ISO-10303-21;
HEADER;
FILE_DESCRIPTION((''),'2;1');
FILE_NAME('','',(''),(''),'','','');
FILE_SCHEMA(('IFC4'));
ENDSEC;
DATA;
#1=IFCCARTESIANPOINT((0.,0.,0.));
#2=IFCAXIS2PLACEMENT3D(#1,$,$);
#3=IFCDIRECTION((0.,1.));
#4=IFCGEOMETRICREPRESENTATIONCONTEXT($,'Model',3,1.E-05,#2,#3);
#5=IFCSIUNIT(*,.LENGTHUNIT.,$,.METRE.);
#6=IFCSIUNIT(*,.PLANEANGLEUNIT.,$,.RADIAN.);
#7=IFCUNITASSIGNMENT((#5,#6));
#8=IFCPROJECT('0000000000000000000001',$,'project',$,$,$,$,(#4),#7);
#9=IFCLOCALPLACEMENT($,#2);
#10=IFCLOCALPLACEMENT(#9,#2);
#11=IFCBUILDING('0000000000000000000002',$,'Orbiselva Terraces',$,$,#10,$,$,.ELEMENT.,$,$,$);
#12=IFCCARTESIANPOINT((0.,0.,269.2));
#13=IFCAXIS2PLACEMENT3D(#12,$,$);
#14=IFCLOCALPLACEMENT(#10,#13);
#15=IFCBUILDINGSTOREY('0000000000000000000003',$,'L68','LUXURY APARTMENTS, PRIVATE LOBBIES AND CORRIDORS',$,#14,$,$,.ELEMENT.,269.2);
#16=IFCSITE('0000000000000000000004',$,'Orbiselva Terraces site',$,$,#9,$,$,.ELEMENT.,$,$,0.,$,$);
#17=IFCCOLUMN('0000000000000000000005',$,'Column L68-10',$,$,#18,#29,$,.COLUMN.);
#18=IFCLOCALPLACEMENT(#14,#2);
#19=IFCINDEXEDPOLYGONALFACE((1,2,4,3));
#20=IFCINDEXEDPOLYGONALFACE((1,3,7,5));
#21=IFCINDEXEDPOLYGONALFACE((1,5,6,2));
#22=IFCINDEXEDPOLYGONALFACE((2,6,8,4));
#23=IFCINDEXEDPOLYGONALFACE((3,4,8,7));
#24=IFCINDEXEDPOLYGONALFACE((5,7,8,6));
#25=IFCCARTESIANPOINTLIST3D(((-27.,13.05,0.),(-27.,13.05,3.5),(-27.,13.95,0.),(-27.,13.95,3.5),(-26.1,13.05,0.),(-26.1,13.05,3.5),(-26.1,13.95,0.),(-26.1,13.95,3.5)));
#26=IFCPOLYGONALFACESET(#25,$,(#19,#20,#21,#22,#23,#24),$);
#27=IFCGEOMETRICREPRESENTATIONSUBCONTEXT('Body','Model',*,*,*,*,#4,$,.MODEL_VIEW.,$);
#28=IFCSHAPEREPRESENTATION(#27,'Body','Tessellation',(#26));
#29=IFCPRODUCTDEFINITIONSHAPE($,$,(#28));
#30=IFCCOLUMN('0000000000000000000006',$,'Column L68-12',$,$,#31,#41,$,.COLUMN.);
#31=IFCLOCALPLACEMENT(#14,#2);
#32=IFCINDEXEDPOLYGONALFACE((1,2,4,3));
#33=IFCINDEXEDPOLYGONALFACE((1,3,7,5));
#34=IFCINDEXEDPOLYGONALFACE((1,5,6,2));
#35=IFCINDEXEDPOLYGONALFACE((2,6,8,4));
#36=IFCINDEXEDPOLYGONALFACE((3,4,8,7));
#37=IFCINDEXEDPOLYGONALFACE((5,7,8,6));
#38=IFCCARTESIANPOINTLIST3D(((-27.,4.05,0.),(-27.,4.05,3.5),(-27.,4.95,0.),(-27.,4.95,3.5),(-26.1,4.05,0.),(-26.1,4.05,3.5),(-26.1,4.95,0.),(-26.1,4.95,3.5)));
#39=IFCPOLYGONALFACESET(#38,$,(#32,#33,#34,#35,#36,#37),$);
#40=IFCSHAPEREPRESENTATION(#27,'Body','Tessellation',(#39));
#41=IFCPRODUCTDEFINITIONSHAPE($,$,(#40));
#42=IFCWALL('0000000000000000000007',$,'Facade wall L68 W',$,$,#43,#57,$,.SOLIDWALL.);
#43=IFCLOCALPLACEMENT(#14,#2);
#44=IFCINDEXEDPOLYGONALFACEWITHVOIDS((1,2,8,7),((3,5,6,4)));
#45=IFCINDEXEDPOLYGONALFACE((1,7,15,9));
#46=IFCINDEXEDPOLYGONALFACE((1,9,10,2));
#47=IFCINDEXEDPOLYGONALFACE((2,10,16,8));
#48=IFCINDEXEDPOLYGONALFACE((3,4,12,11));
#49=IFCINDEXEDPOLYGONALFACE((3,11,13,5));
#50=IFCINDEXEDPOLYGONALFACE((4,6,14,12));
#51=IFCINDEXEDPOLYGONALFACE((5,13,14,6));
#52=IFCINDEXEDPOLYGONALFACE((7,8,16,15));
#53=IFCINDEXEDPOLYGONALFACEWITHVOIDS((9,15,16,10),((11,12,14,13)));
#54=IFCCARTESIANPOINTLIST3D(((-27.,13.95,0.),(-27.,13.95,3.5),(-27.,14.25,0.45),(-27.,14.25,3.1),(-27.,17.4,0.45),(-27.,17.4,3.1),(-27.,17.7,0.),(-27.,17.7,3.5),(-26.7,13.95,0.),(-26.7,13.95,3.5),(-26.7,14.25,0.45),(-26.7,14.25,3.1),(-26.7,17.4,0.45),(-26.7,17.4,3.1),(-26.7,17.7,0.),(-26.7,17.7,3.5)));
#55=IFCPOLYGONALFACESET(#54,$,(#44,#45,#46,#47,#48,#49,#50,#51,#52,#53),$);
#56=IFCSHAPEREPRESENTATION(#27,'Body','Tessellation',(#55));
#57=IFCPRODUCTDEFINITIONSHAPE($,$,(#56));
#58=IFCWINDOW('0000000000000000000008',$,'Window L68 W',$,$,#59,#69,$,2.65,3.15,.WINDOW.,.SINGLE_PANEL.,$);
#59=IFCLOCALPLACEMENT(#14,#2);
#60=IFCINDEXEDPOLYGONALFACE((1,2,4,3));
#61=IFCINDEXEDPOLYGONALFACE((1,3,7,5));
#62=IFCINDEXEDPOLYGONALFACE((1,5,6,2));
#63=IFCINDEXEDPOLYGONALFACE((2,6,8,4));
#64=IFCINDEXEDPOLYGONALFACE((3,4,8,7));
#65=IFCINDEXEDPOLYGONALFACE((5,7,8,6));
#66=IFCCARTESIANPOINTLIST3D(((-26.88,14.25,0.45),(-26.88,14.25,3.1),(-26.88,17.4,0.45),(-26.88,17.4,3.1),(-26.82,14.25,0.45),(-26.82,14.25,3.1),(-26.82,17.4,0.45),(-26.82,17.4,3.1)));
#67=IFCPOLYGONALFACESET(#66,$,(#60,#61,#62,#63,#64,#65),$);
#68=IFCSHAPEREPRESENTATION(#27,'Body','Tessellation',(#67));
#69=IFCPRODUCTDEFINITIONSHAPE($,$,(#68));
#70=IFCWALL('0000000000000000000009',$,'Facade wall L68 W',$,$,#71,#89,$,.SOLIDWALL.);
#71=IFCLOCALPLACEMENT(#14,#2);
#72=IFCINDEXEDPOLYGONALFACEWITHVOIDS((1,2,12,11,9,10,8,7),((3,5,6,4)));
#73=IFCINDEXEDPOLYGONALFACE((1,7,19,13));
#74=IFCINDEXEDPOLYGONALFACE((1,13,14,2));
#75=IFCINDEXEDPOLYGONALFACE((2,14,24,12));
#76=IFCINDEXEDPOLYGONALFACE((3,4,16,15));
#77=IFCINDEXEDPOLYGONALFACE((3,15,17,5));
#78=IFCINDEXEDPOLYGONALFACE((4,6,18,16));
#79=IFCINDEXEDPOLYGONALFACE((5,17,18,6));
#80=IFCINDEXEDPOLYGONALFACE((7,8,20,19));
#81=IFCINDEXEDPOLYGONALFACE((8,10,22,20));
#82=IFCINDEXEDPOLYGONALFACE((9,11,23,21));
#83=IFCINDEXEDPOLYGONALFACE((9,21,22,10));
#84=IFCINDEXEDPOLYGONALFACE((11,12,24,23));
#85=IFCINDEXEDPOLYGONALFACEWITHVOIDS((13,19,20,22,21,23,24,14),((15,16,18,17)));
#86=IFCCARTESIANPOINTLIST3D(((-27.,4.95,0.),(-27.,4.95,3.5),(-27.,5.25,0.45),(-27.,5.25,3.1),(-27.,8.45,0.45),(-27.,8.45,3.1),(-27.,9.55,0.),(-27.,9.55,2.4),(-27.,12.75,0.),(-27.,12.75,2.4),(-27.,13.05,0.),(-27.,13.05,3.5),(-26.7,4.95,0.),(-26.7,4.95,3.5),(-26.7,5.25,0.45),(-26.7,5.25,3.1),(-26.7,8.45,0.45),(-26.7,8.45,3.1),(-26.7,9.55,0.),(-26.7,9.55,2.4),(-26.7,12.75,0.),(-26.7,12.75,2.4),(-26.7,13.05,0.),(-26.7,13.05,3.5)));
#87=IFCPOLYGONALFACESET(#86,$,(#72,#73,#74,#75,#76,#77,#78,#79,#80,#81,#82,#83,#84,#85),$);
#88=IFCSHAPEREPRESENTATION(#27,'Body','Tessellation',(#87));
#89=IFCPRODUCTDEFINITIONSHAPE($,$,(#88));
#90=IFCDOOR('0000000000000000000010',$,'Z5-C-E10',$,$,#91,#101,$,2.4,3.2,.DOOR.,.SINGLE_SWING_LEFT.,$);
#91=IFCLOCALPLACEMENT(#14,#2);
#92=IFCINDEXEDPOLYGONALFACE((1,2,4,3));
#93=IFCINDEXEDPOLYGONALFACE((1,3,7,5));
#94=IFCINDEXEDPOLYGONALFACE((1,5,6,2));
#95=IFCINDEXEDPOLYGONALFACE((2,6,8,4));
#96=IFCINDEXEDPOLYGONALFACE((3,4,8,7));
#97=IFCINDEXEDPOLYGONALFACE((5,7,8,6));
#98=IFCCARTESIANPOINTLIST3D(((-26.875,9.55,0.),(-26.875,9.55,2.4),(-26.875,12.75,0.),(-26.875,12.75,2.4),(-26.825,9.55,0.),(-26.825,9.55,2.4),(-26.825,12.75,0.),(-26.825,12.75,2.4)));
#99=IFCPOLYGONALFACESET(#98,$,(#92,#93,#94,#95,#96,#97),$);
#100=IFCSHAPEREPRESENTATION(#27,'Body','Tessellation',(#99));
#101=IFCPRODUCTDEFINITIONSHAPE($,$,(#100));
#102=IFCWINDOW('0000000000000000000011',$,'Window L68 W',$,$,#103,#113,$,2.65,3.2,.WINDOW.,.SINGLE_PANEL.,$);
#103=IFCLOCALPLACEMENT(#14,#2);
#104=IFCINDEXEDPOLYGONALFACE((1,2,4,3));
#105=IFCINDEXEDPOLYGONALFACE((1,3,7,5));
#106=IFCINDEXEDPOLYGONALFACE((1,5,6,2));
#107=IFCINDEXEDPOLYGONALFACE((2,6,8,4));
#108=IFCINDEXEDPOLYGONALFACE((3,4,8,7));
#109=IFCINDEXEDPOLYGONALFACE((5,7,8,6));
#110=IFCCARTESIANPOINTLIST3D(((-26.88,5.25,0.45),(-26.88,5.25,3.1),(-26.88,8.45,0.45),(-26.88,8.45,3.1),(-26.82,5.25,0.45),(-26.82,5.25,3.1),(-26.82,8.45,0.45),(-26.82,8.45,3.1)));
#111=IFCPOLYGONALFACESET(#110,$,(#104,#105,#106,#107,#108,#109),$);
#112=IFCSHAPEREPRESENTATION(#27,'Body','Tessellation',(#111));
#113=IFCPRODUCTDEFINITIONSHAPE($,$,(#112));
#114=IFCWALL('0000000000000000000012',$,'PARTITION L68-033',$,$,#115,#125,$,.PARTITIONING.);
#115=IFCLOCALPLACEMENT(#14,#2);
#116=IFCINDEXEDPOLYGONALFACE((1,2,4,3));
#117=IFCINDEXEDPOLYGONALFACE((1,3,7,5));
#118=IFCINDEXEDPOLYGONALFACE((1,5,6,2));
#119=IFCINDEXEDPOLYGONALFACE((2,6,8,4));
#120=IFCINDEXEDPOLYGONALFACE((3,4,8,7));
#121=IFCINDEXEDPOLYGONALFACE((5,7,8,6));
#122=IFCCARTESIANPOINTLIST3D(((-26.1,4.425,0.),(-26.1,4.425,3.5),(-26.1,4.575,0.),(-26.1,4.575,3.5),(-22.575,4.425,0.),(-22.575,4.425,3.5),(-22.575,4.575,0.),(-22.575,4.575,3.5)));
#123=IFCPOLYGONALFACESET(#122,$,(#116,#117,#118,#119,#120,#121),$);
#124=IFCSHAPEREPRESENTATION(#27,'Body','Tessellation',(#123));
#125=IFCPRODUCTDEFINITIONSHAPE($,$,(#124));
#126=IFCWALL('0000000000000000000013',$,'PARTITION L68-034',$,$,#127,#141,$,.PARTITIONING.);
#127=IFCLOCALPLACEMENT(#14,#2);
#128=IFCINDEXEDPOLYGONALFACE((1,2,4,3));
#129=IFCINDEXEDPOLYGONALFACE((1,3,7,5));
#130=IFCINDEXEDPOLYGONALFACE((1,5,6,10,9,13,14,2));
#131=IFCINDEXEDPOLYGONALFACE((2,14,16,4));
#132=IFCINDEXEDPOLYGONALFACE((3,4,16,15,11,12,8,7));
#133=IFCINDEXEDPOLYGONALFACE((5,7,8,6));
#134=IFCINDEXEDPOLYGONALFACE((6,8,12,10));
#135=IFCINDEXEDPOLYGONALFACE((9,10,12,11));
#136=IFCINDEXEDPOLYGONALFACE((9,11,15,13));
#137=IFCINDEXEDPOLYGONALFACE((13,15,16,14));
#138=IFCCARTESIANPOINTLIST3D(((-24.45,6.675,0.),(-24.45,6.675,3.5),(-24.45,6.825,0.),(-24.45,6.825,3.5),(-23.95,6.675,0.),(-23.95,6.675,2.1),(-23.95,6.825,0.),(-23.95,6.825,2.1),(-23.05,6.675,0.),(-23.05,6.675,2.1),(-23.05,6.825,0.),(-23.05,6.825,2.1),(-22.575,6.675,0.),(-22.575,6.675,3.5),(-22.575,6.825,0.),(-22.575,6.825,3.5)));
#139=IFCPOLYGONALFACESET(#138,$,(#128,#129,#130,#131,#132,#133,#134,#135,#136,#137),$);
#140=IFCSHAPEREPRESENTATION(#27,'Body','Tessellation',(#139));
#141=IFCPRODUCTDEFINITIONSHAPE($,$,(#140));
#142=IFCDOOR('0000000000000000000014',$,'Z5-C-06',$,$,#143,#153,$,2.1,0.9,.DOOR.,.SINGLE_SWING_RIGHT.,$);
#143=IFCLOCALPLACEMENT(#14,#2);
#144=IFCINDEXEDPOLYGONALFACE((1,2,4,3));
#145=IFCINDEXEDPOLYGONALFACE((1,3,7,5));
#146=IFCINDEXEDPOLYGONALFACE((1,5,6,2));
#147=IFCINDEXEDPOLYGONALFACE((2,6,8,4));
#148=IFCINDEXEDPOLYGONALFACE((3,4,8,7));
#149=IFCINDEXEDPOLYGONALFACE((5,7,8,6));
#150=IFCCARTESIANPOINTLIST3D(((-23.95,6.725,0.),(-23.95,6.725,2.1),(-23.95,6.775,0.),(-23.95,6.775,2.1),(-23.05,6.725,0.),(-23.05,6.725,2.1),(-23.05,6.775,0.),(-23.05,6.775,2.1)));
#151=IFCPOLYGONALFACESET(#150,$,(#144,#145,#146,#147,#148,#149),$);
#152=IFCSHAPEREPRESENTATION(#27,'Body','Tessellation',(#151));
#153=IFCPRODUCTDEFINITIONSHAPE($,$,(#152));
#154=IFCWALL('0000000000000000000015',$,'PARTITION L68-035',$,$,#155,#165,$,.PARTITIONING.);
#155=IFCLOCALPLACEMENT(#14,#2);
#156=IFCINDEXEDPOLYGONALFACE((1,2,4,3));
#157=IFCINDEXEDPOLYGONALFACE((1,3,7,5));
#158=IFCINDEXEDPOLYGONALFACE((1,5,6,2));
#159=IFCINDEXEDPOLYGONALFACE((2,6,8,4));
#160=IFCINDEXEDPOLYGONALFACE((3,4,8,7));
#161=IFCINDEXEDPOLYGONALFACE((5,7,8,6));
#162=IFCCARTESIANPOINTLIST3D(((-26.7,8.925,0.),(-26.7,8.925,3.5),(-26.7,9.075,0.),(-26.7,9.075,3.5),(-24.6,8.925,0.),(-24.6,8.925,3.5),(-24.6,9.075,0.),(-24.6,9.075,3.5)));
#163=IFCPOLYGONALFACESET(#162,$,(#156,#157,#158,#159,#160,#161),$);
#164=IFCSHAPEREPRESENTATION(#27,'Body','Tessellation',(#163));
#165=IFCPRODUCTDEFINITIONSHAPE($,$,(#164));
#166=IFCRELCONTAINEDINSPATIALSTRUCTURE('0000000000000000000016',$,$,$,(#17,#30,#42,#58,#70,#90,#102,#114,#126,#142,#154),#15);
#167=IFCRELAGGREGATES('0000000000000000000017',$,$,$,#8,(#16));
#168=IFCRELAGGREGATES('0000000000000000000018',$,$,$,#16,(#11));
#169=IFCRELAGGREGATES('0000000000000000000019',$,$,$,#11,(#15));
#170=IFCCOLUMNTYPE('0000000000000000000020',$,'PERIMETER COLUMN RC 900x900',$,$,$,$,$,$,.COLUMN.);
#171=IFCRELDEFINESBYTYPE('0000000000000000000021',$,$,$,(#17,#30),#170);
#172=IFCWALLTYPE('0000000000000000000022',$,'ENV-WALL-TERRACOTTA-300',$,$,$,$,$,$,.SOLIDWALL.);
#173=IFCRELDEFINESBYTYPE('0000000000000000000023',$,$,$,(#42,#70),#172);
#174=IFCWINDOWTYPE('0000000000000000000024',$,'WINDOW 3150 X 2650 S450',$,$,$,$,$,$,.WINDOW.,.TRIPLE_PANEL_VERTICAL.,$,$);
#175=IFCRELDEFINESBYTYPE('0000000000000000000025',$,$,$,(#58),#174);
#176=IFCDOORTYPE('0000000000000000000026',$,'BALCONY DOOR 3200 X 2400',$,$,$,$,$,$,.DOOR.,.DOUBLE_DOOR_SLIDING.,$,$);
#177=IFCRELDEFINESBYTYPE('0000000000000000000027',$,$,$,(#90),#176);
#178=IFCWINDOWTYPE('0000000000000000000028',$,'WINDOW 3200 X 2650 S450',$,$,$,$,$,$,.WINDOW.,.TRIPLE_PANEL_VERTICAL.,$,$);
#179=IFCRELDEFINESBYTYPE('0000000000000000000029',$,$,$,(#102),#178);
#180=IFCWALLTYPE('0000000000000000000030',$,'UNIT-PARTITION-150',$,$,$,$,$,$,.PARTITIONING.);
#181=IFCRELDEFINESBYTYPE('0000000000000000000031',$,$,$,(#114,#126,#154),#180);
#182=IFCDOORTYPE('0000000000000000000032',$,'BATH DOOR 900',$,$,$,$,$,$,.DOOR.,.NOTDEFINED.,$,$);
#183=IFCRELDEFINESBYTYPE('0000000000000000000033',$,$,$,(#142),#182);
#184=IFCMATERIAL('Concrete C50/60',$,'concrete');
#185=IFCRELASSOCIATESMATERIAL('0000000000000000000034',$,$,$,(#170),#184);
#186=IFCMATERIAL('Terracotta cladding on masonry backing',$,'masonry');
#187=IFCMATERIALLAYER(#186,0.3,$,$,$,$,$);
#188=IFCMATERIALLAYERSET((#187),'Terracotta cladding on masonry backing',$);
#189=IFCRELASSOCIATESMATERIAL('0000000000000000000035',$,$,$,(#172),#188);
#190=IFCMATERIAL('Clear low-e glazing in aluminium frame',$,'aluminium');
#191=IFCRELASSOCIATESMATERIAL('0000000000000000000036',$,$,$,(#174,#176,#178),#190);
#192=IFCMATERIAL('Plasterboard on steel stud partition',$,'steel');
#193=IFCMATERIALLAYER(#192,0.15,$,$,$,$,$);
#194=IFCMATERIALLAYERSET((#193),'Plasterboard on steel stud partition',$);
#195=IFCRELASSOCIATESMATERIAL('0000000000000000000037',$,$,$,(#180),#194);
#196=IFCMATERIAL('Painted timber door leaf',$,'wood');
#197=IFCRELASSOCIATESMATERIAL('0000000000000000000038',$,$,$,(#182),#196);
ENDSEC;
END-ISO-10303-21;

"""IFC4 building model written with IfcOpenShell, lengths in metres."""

from ifc_helpers import new_model, si_unit, direction, frame, frame_2d, origin, origin_2d, place, context, subcontext, project, spatial, rectangle, extrude, material, layer, layer_set, material_profile, profile_set, type_object, element, fill, save


model = new_model("IFC4")

# Units and contexts
model_context = context("Model", 3, precision=1e-05, world=origin(), true_north=direction((0.0, 1.0)))
body_context = subcontext(model_context, "Body", "Model", "MODEL_VIEW")
ifc_project = project(units=[si_unit("LENGTHUNIT", "METRE"), si_unit("PLANEANGLEUNIT", "RADIAN")], contexts=[model_context])

# Site, building, storey
site_placement = place(None, origin())
site = spatial("IfcSite", under=ifc_project, at=site_placement, Name="Orbiselva Terraces site", CompositionType="ELEMENT", RefElevation=0.0)
building_placement = place(site_placement, origin())
building = spatial("IfcBuilding", under=site, at=building_placement, Name="Orbiselva Terraces", CompositionType="ELEMENT")
storey_placement = place(building_placement, frame((0.0, 0.0, 269.2)))
storey = spatial("IfcBuildingStorey", under=building, at=storey_placement, Name="L68", Description="LUXURY APARTMENTS, PRIVATE LOBBIES AND CORRIDORS", CompositionType="ELEMENT", Elevation=269.2)

# Columns
ifc_material_1 = material(Name="Concrete C50/60", Category="concrete")
ifc_material_profile = material_profile(ifc_material_1, rectangle(XDim=0.9, YDim=0.9, at=origin_2d()), Name="RC 900x900")
ifc_profile_set = profile_set([ifc_material_profile], Name="Concrete C50/60")
column_type = type_object("IfcColumnType", Name="PERIMETER COLUMN RC 900x900", PredefinedType="COLUMN", material=ifc_profile_set)
for number, where, z_axis, x_axis, name in (
    (1, (-26.55, 13.5, 0.0), (0.0, 0.0, 1.0), (1.0, 0.0, 0.0), "Column L68-10"),
    (2, (-26.55, 4.5, 0.0), (0.0, 0.0, 1.0), (1.0, 0.0, 0.0), "Column L68-12"),
):
    element("IfcColumn", number, at=place(storey_placement, frame(where, z_axis=z_axis, x_axis=x_axis)), inside=storey, type_object=column_type, Name=name, PredefinedType="COLUMN", context=body_context, shape_type="SweptSolid", body=[
        extrude(rectangle(XDim=0.9, YDim=0.9, at=origin_2d()), origin(), (0.0, 0.0, 1.0), 3.5),
    ])

# Wall, opening, window
ifc_material_2 = material(Name="Terracotta cladding on masonry backing", Category="masonry")
ifc_layer_1 = layer(ifc_material_2, 0.3)
ifc_layer_set_1 = layer_set([ifc_layer_1], Name="Terracotta cladding on masonry backing")
wall_type_1 = type_object("IfcWallType", Name="ENV-WALL-TERRACOTTA-300", PredefinedType="SOLIDWALL", material=ifc_layer_set_1)
wall_1_placement = place(storey_placement, frame((-26.85, 13.95, 0.0), z_axis=(0.0, 0.0, 1.0), x_axis=(0.0, 1.0, 0.0)))
wall_1 = element("IfcWall", 3, at=wall_1_placement, inside=storey, type_object=wall_type_1, Name="Facade wall L68 W", PredefinedType="SOLIDWALL", context=body_context, shape_type="SweptSolid", body=[
    extrude(rectangle(XDim=3.75, YDim=0.3, at=frame_2d((1.875, 0.0))), origin(), (0.0, 0.0, 1.0), 3.5),
])
opening_1_placement = place(wall_1_placement, frame((0.3, 0.0, 0.45)))
opening_1 = element("IfcOpeningElement", 4, at=opening_1_placement, cuts=wall_1, PredefinedType="OPENING", context=body_context, shape_type="SweptSolid", body=[
    extrude(rectangle(XDim=3.15, YDim=2.65, at=frame_2d((1.575, 1.325))), frame((0.0, 0.16, 0.0), z_axis=(0.0, -1.0, 0.0), x_axis=(1.0, 0.0, 0.0)), (0.0, 0.0, 1.0), 0.32),
])
ifc_material_3 = material(Name="Clear low-e glazing in aluminium frame", Category="aluminium")
window_type_1 = type_object("IfcWindowType", Name="WINDOW 3150 X 2650 S450", PartitioningType="TRIPLE_PANEL_VERTICAL", PredefinedType="WINDOW", material=ifc_material_3)
window_1_placement = place(opening_1_placement, origin())
window_1 = element("IfcWindow", 5, at=window_1_placement, inside=storey, type_object=window_type_1, Name="Window L68 W", OverallHeight=2.65, OverallWidth=3.15, PartitioningType="SINGLE_PANEL", PredefinedType="WINDOW", context=body_context, shape_type="SweptSolid", body=[
    extrude(rectangle(XDim=3.15, YDim=2.65, at=frame_2d((1.575, 1.325))), frame((0.0, 0.03, 0.0), z_axis=(0.0, -1.0, 0.0), x_axis=(1.0, 0.0, 0.0)), (0.0, 0.0, 1.0), 0.06),
])
fill(opening_1, window_1)

# Wall, openings, door, window
wall_2_placement = place(storey_placement, frame((-26.85, 4.95, 0.0), z_axis=(0.0, 0.0, 1.0), x_axis=(0.0, 1.0, 0.0)))
wall_2 = element("IfcWall", 6, at=wall_2_placement, inside=storey, type_object=wall_type_1, Name="Facade wall L68 W", PredefinedType="SOLIDWALL", context=body_context, shape_type="SweptSolid", body=[
    extrude(rectangle(XDim=8.1, YDim=0.3, at=frame_2d((4.05, 0.0))), origin(), (0.0, 0.0, 1.0), 3.5),
])
opening_2_placement = place(wall_2_placement, frame((4.6, 0.0, 0.0)))
opening_2 = element("IfcOpeningElement", 7, at=opening_2_placement, cuts=wall_2, PredefinedType="OPENING", context=body_context, shape_type="SweptSolid", body=[
    extrude(rectangle(XDim=3.2, YDim=2.4, at=frame_2d((1.6, 1.2))), frame((0.0, 0.16, 0.0), z_axis=(0.0, -1.0, 0.0), x_axis=(1.0, 0.0, 0.0)), (0.0, 0.0, 1.0), 0.32),
])
opening_3_placement = place(wall_2_placement, frame((0.3, 0.0, 0.45)))
opening_3 = element("IfcOpeningElement", 8, at=opening_3_placement, cuts=wall_2, PredefinedType="OPENING", context=body_context, shape_type="SweptSolid", body=[
    extrude(rectangle(XDim=3.2, YDim=2.65, at=frame_2d((1.6, 1.325))), frame((0.0, 0.16, 0.0), z_axis=(0.0, -1.0, 0.0), x_axis=(1.0, 0.0, 0.0)), (0.0, 0.0, 1.0), 0.32),
])
door_type_1 = type_object("IfcDoorType", Name="BALCONY DOOR 3200 X 2400", OperationType="DOUBLE_DOOR_SLIDING", PredefinedType="DOOR", material=ifc_material_3)
door_1_placement = place(opening_2_placement, origin())
door_1 = element("IfcDoor", 9, at=door_1_placement, inside=storey, type_object=door_type_1, Name="Z5-C-E10", OperationType="SINGLE_SWING_LEFT", OverallHeight=2.4, OverallWidth=3.2, PredefinedType="DOOR", context=body_context, shape_type="SweptSolid", body=[
    extrude(rectangle(XDim=3.2, YDim=2.4, at=frame_2d((1.6, 1.2))), frame((0.0, 0.025, 0.0), z_axis=(0.0, -1.0, 0.0), x_axis=(1.0, 0.0, 0.0)), (0.0, 0.0, 1.0), 0.05),
])
fill(opening_2, door_1)
window_type_2 = type_object("IfcWindowType", Name="WINDOW 3200 X 2650 S450", PartitioningType="TRIPLE_PANEL_VERTICAL", PredefinedType="WINDOW", material=ifc_material_3)
window_2_placement = place(opening_3_placement, origin())
window_2 = element("IfcWindow", 10, at=window_2_placement, inside=storey, type_object=window_type_2, Name="Window L68 W", OverallHeight=2.65, OverallWidth=3.2, PartitioningType="SINGLE_PANEL", PredefinedType="WINDOW", context=body_context, shape_type="SweptSolid", body=[
    extrude(rectangle(XDim=3.2, YDim=2.65, at=frame_2d((1.6, 1.325))), frame((0.0, 0.03, 0.0), z_axis=(0.0, -1.0, 0.0), x_axis=(1.0, 0.0, 0.0)), (0.0, 0.0, 1.0), 0.06),
])
fill(opening_3, window_2)

# Wall
ifc_material_4 = material(Name="Plasterboard on steel stud partition", Category="steel")
ifc_layer_2 = layer(ifc_material_4, 0.15)
ifc_layer_set_2 = layer_set([ifc_layer_2], Name="Plasterboard on steel stud partition")
wall_type_2 = type_object("IfcWallType", Name="UNIT-PARTITION-150", PredefinedType="PARTITIONING", material=ifc_layer_set_2)
wall_3_placement = place(storey_placement, frame((-26.1, 4.5, 0.0), z_axis=(0.0, 0.0, 1.0), x_axis=(1.0, 0.0, 0.0)))
element("IfcWall", 11, at=wall_3_placement, inside=storey, type_object=wall_type_2, Name="PARTITION L68-033", PredefinedType="PARTITIONING", context=body_context, shape_type="SweptSolid", body=[
    extrude(rectangle(XDim=3.525, YDim=0.15, at=frame_2d((1.7625, 0.0))), origin(), (0.0, 0.0, 1.0), 3.5),
])

# Wall, opening, door
wall_4_placement = place(storey_placement, frame((-24.45, 6.75, 0.0), z_axis=(0.0, 0.0, 1.0), x_axis=(1.0, 0.0, 0.0)))
wall_4 = element("IfcWall", 12, at=wall_4_placement, inside=storey, type_object=wall_type_2, Name="PARTITION L68-034", PredefinedType="PARTITIONING", context=body_context, shape_type="SweptSolid", body=[
    extrude(rectangle(XDim=1.875, YDim=0.15, at=frame_2d((0.9375, 0.0))), origin(), (0.0, 0.0, 1.0), 3.5),
])
opening_4_placement = place(wall_4_placement, frame((0.5, 0.0, 0.0)))
opening_4 = element("IfcOpeningElement", 13, at=opening_4_placement, cuts=wall_4, PredefinedType="OPENING", context=body_context, shape_type="SweptSolid", body=[
    extrude(rectangle(XDim=0.9, YDim=2.1, at=frame_2d((0.45, 1.05))), frame((0.0, 0.085, 0.0), z_axis=(0.0, -1.0, 0.0), x_axis=(1.0, 0.0, 0.0)), (0.0, 0.0, 1.0), 0.17),
])
ifc_material_5 = material(Name="Painted timber door leaf", Category="wood")
door_type_2 = type_object("IfcDoorType", Name="BATH DOOR 900", OperationType="NOTDEFINED", PredefinedType="DOOR", material=ifc_material_5)
door_2_placement = place(opening_4_placement, origin())
door_2 = element("IfcDoor", 14, at=door_2_placement, inside=storey, type_object=door_type_2, Name="Z5-C-06", OperationType="SINGLE_SWING_RIGHT", OverallHeight=2.1, OverallWidth=0.9, PredefinedType="DOOR", context=body_context, shape_type="SweptSolid", body=[
    extrude(rectangle(XDim=0.9, YDim=2.1, at=frame_2d((0.45, 1.05))), frame((0.0, 0.025, 0.0), z_axis=(0.0, -1.0, 0.0), x_axis=(1.0, 0.0, 0.0)), (0.0, 0.0, 1.0), 0.05),
])
fill(opening_4, door_2)

# Wall
wall_5_placement = place(storey_placement, frame((-26.7, 9.0, 0.0), z_axis=(0.0, 0.0, 1.0), x_axis=(1.0, 0.0, 0.0)))
element("IfcWall", 15, at=wall_5_placement, inside=storey, type_object=wall_type_2, Name="PARTITION L68-035", PredefinedType="PARTITIONING", context=body_context, shape_type="SweptSolid", body=[
    extrude(rectangle(XDim=2.1, YDim=0.15, at=frame_2d((1.05, 0.0))), origin(), (0.0, 0.0, 1.0), 3.5),
])

save(model, "model.ifc")
